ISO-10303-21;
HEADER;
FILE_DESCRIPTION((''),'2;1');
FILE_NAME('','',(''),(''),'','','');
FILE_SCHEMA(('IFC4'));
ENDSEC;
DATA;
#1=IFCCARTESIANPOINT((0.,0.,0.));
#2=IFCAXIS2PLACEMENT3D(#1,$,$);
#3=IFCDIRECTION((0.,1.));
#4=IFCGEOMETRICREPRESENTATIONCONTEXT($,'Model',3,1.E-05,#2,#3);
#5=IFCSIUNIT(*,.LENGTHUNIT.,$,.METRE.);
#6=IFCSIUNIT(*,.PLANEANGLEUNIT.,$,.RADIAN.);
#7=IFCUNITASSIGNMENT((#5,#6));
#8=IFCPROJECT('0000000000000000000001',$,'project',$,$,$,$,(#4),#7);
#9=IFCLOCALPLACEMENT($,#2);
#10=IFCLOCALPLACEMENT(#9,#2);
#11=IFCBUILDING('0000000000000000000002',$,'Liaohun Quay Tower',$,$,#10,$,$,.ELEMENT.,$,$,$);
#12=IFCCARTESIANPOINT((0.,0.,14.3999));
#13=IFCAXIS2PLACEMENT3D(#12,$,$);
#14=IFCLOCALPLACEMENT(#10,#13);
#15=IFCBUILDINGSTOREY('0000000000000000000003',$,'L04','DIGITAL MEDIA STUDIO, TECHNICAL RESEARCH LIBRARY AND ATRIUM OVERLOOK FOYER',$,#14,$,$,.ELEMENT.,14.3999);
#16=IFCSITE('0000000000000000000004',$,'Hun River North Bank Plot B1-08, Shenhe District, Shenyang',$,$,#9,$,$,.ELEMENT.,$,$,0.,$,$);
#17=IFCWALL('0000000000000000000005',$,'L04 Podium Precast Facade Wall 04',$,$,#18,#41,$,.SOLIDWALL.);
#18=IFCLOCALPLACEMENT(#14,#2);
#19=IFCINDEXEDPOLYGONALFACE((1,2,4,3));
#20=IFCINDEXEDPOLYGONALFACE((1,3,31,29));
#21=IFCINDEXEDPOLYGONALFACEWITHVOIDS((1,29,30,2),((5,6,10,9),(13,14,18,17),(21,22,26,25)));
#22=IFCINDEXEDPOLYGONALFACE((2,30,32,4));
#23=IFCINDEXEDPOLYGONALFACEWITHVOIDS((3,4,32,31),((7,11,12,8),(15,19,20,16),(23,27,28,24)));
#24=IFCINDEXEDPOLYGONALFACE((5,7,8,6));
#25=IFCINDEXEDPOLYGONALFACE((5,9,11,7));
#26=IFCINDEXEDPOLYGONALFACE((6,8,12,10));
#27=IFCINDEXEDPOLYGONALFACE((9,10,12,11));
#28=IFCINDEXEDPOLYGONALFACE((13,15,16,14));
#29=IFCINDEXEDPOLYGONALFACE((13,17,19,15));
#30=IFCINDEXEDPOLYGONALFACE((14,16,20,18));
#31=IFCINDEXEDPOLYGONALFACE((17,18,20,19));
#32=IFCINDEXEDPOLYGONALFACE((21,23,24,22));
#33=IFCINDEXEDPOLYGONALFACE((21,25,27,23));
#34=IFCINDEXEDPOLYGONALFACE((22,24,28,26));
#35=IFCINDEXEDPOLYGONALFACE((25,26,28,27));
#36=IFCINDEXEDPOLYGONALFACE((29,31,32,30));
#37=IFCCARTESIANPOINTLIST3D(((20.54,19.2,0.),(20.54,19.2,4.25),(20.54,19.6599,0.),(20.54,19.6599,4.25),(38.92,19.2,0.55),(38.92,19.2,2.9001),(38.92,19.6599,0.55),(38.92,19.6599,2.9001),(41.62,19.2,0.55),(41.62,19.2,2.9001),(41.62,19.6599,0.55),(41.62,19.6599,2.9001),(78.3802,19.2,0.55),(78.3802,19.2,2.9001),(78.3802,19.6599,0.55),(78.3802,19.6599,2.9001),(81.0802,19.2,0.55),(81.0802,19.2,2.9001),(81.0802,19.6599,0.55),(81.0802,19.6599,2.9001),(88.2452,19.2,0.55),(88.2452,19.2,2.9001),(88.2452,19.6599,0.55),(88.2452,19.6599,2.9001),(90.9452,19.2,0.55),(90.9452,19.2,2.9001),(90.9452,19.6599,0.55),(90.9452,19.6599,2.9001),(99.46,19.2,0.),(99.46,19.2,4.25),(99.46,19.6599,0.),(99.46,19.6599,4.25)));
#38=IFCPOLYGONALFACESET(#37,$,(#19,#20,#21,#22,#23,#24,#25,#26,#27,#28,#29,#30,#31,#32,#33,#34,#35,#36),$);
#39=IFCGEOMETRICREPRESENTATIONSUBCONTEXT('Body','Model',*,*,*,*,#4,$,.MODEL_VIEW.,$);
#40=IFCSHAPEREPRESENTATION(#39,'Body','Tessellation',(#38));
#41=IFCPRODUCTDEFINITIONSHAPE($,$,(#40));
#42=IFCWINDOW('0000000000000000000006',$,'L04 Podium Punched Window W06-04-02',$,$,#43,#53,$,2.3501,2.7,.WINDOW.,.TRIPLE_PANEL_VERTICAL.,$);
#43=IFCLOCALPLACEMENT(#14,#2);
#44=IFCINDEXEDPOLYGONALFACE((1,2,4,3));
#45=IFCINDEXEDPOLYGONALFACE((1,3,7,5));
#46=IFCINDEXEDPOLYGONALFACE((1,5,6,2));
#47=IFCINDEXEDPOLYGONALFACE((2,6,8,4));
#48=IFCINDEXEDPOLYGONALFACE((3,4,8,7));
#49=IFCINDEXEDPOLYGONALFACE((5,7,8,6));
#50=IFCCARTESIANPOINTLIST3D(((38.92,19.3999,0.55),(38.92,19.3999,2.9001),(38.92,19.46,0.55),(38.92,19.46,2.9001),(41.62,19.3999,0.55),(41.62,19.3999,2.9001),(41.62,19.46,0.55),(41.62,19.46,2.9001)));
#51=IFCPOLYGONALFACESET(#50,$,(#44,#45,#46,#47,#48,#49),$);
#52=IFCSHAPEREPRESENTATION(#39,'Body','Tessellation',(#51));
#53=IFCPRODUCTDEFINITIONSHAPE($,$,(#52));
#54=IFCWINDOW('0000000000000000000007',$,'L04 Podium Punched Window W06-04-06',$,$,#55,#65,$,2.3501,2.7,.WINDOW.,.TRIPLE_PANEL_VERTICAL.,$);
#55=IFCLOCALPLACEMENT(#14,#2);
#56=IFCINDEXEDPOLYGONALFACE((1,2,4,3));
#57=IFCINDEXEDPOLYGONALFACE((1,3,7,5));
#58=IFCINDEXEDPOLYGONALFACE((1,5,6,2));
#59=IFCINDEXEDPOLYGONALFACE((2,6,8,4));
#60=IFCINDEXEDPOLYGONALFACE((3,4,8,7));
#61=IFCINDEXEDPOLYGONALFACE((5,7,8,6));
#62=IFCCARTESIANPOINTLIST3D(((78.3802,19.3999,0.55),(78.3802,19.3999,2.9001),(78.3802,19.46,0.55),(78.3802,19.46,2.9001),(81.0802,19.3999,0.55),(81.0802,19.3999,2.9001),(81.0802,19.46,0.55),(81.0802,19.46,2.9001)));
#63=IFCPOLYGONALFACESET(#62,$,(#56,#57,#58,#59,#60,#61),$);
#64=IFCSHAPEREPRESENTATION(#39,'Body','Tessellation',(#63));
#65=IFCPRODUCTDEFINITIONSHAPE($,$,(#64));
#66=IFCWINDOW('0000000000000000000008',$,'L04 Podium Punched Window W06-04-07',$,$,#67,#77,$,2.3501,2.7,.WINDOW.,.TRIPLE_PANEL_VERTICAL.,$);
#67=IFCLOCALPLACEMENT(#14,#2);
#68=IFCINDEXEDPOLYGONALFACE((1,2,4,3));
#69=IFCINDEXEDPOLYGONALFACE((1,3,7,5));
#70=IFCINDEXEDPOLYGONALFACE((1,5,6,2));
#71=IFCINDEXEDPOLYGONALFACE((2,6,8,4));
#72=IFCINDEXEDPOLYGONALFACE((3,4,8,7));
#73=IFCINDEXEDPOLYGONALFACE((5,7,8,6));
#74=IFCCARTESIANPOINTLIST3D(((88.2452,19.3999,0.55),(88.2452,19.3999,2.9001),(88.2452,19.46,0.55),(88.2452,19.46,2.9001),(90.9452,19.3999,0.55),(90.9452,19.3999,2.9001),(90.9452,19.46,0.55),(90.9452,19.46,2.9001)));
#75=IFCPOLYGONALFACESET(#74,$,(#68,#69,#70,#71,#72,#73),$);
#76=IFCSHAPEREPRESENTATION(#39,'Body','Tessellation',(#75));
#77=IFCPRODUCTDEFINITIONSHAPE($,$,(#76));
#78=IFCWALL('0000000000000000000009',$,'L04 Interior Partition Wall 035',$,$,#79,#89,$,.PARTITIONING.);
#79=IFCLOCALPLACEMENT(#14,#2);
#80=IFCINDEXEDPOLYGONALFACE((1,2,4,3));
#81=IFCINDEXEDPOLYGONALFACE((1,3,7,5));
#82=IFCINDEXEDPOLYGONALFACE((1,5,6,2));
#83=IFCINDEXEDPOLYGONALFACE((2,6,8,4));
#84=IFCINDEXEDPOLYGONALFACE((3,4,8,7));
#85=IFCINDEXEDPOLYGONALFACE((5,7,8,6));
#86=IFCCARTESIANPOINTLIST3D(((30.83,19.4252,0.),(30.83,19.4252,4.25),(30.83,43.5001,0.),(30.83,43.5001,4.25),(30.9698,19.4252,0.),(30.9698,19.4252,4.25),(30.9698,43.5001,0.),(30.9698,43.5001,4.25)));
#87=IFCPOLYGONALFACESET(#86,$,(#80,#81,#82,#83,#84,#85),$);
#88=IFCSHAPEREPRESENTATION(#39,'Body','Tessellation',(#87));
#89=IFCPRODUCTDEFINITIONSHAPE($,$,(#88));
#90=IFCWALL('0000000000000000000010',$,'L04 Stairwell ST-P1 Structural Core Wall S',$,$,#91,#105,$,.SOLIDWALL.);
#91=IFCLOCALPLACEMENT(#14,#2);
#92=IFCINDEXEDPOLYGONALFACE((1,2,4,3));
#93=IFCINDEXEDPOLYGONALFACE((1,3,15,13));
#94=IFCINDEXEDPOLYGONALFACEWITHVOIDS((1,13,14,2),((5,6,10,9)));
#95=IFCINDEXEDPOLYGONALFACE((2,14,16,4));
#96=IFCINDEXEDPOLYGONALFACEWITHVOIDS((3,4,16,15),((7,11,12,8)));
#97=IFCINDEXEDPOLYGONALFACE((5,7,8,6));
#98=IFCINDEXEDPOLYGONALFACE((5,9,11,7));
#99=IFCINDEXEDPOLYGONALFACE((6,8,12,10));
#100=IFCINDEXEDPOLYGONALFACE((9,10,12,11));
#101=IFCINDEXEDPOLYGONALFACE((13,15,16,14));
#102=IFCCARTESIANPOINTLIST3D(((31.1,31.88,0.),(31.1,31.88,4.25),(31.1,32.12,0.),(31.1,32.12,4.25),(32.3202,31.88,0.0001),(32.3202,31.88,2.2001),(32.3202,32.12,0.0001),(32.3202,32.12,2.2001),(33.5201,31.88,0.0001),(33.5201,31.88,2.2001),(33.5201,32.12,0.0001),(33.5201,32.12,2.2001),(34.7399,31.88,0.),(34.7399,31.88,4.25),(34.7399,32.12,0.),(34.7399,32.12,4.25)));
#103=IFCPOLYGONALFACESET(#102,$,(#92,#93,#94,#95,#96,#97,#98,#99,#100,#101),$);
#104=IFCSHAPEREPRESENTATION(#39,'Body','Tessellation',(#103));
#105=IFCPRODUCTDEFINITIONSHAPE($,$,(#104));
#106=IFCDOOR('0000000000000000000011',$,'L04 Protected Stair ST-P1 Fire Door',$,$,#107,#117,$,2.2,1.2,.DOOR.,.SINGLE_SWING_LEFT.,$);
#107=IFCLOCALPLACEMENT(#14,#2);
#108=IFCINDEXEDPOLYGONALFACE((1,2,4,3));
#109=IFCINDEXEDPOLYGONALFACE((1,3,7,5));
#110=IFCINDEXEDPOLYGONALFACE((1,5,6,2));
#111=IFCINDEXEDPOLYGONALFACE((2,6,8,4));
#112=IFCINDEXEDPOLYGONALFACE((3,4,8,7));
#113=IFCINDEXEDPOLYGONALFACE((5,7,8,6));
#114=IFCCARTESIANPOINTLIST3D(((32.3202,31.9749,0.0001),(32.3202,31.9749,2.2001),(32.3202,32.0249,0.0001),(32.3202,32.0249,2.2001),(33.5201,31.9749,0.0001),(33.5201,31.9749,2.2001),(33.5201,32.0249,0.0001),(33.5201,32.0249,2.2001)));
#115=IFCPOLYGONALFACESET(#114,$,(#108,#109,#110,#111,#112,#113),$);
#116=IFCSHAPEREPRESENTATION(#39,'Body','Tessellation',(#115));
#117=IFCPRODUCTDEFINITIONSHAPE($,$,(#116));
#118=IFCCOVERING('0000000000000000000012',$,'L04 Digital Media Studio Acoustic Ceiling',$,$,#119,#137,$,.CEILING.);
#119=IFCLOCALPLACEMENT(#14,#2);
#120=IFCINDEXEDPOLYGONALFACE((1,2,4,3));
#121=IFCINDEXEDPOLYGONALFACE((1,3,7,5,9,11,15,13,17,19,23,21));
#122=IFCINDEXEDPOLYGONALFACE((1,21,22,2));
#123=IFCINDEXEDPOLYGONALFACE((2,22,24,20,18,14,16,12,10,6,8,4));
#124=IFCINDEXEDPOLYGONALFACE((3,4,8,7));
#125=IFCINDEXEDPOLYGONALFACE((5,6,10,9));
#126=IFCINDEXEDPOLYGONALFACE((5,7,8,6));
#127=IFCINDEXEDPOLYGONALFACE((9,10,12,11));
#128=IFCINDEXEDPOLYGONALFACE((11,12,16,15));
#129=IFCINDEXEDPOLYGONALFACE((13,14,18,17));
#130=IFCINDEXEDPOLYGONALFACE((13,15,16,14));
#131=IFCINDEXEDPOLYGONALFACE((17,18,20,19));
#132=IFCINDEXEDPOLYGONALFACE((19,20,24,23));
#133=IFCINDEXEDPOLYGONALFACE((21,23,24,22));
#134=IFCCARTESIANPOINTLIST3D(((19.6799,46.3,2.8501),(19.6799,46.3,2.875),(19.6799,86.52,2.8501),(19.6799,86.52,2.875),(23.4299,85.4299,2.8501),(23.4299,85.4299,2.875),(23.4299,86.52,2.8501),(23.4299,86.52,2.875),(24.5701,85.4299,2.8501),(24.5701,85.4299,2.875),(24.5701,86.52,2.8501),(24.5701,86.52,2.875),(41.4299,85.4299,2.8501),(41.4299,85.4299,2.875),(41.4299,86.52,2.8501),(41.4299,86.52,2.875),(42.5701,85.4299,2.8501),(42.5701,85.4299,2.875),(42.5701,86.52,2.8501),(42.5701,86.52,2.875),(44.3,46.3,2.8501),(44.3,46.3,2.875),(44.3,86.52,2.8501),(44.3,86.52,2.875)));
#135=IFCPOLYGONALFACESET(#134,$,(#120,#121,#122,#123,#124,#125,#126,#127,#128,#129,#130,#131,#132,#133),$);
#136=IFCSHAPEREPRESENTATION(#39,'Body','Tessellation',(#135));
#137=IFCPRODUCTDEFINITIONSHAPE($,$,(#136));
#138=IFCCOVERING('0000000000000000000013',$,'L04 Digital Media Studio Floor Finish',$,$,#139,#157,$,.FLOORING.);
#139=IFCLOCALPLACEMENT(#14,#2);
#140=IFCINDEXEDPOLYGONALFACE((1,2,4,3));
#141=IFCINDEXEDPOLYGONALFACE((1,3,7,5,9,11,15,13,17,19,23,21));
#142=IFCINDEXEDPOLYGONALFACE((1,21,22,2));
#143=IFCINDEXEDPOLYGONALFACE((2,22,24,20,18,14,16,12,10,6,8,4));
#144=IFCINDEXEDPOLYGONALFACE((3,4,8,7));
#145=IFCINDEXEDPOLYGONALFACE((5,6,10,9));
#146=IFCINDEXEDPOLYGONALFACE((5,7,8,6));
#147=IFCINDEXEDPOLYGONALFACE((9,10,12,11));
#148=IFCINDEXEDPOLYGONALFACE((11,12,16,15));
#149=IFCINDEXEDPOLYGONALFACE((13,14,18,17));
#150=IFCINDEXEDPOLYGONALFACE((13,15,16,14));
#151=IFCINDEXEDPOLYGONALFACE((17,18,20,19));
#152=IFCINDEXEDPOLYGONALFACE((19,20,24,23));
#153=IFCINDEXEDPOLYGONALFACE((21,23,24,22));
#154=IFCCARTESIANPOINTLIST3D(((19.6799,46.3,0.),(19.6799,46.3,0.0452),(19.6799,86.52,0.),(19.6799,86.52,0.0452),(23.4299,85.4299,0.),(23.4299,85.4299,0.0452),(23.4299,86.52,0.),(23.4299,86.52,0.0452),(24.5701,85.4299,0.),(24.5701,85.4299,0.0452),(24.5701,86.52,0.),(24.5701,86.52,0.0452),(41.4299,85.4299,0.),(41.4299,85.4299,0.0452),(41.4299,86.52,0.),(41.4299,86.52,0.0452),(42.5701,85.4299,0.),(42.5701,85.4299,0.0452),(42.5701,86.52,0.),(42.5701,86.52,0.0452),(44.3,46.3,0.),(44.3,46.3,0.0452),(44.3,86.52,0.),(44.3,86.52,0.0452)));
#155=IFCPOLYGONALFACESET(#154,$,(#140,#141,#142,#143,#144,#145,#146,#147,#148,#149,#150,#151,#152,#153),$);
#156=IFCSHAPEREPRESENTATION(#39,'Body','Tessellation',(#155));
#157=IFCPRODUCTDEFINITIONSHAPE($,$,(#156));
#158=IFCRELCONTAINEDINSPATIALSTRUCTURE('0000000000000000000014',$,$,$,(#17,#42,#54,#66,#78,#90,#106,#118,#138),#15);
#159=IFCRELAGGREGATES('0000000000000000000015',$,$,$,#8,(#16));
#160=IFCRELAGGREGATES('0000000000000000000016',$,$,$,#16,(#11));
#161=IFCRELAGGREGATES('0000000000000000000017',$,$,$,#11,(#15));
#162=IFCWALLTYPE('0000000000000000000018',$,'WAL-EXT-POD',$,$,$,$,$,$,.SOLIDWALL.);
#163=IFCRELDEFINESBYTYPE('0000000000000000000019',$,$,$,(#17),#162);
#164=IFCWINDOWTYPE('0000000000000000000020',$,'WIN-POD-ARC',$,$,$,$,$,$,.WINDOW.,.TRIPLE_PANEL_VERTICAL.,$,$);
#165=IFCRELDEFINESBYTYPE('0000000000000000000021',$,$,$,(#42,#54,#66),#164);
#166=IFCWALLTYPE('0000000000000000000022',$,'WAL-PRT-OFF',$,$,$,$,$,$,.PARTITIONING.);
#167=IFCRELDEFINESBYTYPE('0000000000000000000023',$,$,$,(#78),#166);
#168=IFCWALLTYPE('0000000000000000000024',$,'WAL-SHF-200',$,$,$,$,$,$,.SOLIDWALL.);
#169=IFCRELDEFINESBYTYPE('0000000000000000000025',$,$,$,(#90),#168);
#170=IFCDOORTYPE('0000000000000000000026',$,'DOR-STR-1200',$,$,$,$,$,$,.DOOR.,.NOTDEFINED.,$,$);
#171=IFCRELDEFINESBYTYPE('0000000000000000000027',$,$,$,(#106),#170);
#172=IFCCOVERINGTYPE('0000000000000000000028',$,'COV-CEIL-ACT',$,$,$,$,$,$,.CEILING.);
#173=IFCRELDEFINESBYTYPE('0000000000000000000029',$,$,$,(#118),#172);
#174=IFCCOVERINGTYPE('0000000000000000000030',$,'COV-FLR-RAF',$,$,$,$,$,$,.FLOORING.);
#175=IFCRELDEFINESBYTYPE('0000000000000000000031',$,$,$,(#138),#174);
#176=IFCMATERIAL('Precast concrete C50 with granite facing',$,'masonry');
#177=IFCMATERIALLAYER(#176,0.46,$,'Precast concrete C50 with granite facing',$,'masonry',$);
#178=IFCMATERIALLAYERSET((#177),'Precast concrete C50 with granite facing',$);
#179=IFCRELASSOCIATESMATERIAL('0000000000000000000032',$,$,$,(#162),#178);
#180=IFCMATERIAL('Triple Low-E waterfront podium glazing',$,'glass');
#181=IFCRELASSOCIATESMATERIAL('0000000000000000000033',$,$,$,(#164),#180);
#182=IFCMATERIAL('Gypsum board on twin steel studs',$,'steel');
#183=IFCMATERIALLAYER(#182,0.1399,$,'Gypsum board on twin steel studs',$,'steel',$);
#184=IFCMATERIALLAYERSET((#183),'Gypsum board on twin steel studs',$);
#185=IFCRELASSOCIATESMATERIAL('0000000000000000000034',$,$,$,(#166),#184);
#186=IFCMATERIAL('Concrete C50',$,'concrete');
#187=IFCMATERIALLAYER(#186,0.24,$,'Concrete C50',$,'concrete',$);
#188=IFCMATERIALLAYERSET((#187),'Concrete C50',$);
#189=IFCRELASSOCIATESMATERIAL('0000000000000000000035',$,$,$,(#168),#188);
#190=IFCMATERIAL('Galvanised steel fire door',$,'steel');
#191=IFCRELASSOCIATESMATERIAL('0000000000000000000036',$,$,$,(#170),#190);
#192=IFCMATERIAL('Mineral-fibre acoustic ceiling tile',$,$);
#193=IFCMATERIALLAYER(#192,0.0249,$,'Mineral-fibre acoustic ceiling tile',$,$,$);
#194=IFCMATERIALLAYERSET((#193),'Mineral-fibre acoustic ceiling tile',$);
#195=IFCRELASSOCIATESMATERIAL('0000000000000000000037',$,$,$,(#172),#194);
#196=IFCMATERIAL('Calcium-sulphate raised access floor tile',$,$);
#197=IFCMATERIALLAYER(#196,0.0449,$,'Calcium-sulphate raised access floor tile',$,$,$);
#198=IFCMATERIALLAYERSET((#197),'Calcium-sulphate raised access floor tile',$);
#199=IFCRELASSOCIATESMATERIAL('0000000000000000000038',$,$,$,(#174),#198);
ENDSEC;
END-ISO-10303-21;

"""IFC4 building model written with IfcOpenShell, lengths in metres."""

from ifc_helpers import new_model, si_unit, direction, frame, frame_2d, origin, place, context, subcontext, project, spatial, polyline, rectangle, outline, extrude, source, transform, mapped, material, layer, layer_set, type_object, element, fill, save


model = new_model("IFC4")

# Units and contexts
model_context = context("Model", 3, precision=1e-05, world=origin(), true_north=direction((0.0, 1.0)))
body_context = subcontext(model_context, "Body", "Model", "MODEL_VIEW")
ifc_project = project(units=[si_unit("LENGTHUNIT", "METRE"), si_unit("PLANEANGLEUNIT", "RADIAN")], contexts=[model_context])

# Site, building, storey
site_placement = place(None, origin())
site = spatial("IfcSite", under=ifc_project, at=site_placement, Name="Hun River North Bank Plot B1-08, Shenhe District, Shenyang", CompositionType="ELEMENT", RefElevation=0.0)
building_placement = place(site_placement, origin())
building = spatial("IfcBuilding", under=site, at=building_placement, Name="Liaohun Quay Tower", CompositionType="ELEMENT")
storey_placement = place(building_placement, frame((0.0, 0.0, 14.3999)))
storey = spatial("IfcBuildingStorey", under=building, at=storey_placement, Name="L04", Description="DIGITAL MEDIA STUDIO, TECHNICAL RESEARCH LIBRARY AND ATRIUM OVERLOOK FOYER", CompositionType="ELEMENT", Elevation=14.3999)

# Wall, openings, windows
ifc_material_1 = material(Name="Precast concrete C50 with granite facing", Category="masonry")
ifc_layer_1 = layer(ifc_material_1, 0.46, Name="Precast concrete C50 with granite facing", Category="masonry")
ifc_layer_set_1 = layer_set([ifc_layer_1], Name="Precast concrete C50 with granite facing")
wall_type_1 = type_object("IfcWallType", Name="WAL-EXT-POD", PredefinedType="SOLIDWALL", material=ifc_layer_set_1)
wall_1_placement = place(storey_placement, frame((20.54, 19.4299, 0.0), z_axis=(0.0, 0.0, 1.0), x_axis=(1.0, 0.0, 0.0)))
wall_1 = element("IfcWall", 1, at=wall_1_placement, inside=storey, type_object=wall_type_1, Name="L04 Podium Precast Facade Wall 04", PredefinedType="SOLIDWALL", context=body_context, shape_type="SweptSolid", body=[
    extrude(rectangle(XDim=78.9199, YDim=0.46, at=frame_2d((39.46, 0.0))), origin(), (0.0, 0.0, 1.0), 4.25),
])
shared_shape_1 = source(origin(), body_context, "Body", "SweptSolid", [
    extrude(rectangle(XDim=2.7, YDim=2.3501, at=frame_2d((1.3501, 1.175))), frame((0.0, 0.24, 0.0), z_axis=(0.0, -1.0, 0.0), x_axis=(1.0, 0.0, 0.0)), (0.0, 0.0, 1.0), 0.48),
])
opening_1_placement = place(wall_1_placement, frame((18.3799, 0.0, 0.55)))
opening_1 = element("IfcOpeningElement", 2, at=opening_1_placement, cuts=wall_1, PredefinedType="OPENING", context=body_context, shape_type="MappedRepresentation", body=[
    mapped(shared_shape_1, transform((0.0, 0.0, 0.0), x_axis=(1.0, 0.0, 0.0), y_axis=(0.0, 1.0, 0.0), z_axis=(0.0, 0.0, 1.0), scale=1.0)),
])
opening_2_placement = place(wall_1_placement, frame((57.8401, 0.0, 0.55)))
opening_2 = element("IfcOpeningElement", 3, at=opening_2_placement, cuts=wall_1, PredefinedType="OPENING", context=body_context, shape_type="MappedRepresentation", body=[
    mapped(shared_shape_1, transform((0.0, 0.0, 0.0), x_axis=(1.0, 0.0, 0.0), y_axis=(0.0, 1.0, 0.0), z_axis=(0.0, 0.0, 1.0), scale=1.0)),
])
opening_3_placement = place(wall_1_placement, frame((67.7051, 0.0, 0.55)))
opening_3 = element("IfcOpeningElement", 4, at=opening_3_placement, cuts=wall_1, PredefinedType="OPENING", context=body_context, shape_type="MappedRepresentation", body=[
    mapped(shared_shape_1, transform((0.0, 0.0, 0.0), x_axis=(1.0, 0.0, 0.0), y_axis=(0.0, 1.0, 0.0), z_axis=(0.0, 0.0, 1.0), scale=1.0)),
])
ifc_material_2 = material(Name="Triple Low-E waterfront podium glazing", Category="glass")
window_type = type_object("IfcWindowType", Name="WIN-POD-ARC", PartitioningType="TRIPLE_PANEL_VERTICAL", PredefinedType="WINDOW", material=ifc_material_2)
shared_shape_2 = source(origin(), body_context, "Body", "SweptSolid", [
    extrude(rectangle(XDim=2.7, YDim=2.3501, at=frame_2d((1.3501, 1.175))), frame((0.0, 0.03, 0.0), z_axis=(0.0, -1.0, 0.0), x_axis=(1.0, 0.0, 0.0)), (0.0, 0.0, 1.0), 0.0601),
])
window_1_placement = place(opening_1_placement, origin())
window_1 = element("IfcWindow", 5, at=window_1_placement, inside=storey, type_object=window_type, Name="L04 Podium Punched Window W06-04-02", OverallHeight=2.3501, OverallWidth=2.7, PartitioningType="TRIPLE_PANEL_VERTICAL", PredefinedType="WINDOW", context=body_context, shape_type="MappedRepresentation", body=[
    mapped(shared_shape_2, transform((0.0, 0.0, 0.0), x_axis=(1.0, 0.0, 0.0), y_axis=(0.0, 1.0, 0.0), z_axis=(0.0, 0.0, 1.0), scale=1.0)),
])
fill(opening_1, window_1)
window_2_placement = place(opening_2_placement, origin())
window_2 = element("IfcWindow", 6, at=window_2_placement, inside=storey, type_object=window_type, Name="L04 Podium Punched Window W06-04-06", OverallHeight=2.3501, OverallWidth=2.7, PartitioningType="TRIPLE_PANEL_VERTICAL", PredefinedType="WINDOW", context=body_context, shape_type="MappedRepresentation", body=[
    mapped(shared_shape_2, transform((0.0, 0.0, 0.0), x_axis=(1.0, 0.0, 0.0), y_axis=(0.0, 1.0, 0.0), z_axis=(0.0, 0.0, 1.0), scale=1.0)),
])
fill(opening_2, window_2)
window_3_placement = place(opening_3_placement, origin())
window_3 = element("IfcWindow", 7, at=window_3_placement, inside=storey, type_object=window_type, Name="L04 Podium Punched Window W06-04-07", OverallHeight=2.3501, OverallWidth=2.7, PartitioningType="TRIPLE_PANEL_VERTICAL", PredefinedType="WINDOW", context=body_context, shape_type="MappedRepresentation", body=[
    mapped(shared_shape_2, transform((0.0, 0.0, 0.0), x_axis=(1.0, 0.0, 0.0), y_axis=(0.0, 1.0, 0.0), z_axis=(0.0, 0.0, 1.0), scale=1.0)),
])
fill(opening_3, window_3)

# Wall
ifc_material_3 = material(Name="Gypsum board on twin steel studs", Category="steel")
ifc_layer_2 = layer(ifc_material_3, 0.1399, Name="Gypsum board on twin steel studs", Category="steel")
ifc_layer_set_2 = layer_set([ifc_layer_2], Name="Gypsum board on twin steel studs")
wall_type_2 = type_object("IfcWallType", Name="WAL-PRT-OFF", PredefinedType="PARTITIONING", material=ifc_layer_set_2)
wall_2_placement = place(storey_placement, frame((30.8999, 19.425, 0.0), z_axis=(0.0, 0.0, 1.0), x_axis=(0.0, 1.0, 0.0)))
element("IfcWall", 8, at=wall_2_placement, inside=storey, type_object=wall_type_2, Name="L04 Interior Partition Wall 035", PredefinedType="PARTITIONING", context=body_context, shape_type="SweptSolid", body=[
    extrude(rectangle(XDim=24.075, YDim=0.1399, at=frame_2d((12.0376, 0.0))), origin(), (0.0, 0.0, 1.0), 4.25),
])

# Wall, opening, door
ifc_material_4 = material(Name="Concrete C50", Category="concrete")
ifc_layer_3 = layer(ifc_material_4, 0.24, Name="Concrete C50", Category="concrete")
ifc_layer_set_3 = layer_set([ifc_layer_3], Name="Concrete C50")
wall_type_3 = type_object("IfcWallType", Name="WAL-SHF-200", PredefinedType="SOLIDWALL", material=ifc_layer_set_3)
wall_3_placement = place(storey_placement, frame((31.1001, 32.0, 0.0), z_axis=(0.0, 0.0, 1.0), x_axis=(1.0, 0.0, 0.0)))
wall_3 = element("IfcWall", 9, at=wall_3_placement, inside=storey, type_object=wall_type_3, Name="L04 Stairwell ST-P1 Structural Core Wall S", PredefinedType="SOLIDWALL", context=body_context, shape_type="SweptSolid", body=[
    extrude(rectangle(XDim=3.6399, YDim=0.24, at=frame_2d((1.8198, 0.0))), origin(), (0.0, 0.0, 1.0), 4.25),
])
shared_shape_3 = source(origin(), body_context, "Body", "SweptSolid", [
    extrude(rectangle(XDim=1.2, YDim=2.2, at=frame_2d((0.6001, 1.1001))), frame((0.0, 0.1299, 0.0), z_axis=(0.0, -1.0, 0.0), x_axis=(1.0, 0.0, 0.0)), (0.0, 0.0, 1.0), 0.26),
])
opening_4_placement = place(wall_3_placement, frame((1.22, 0.0, 0.0)))
opening_4 = element("IfcOpeningElement", 10, at=opening_4_placement, cuts=wall_3, PredefinedType="OPENING", context=body_context, shape_type="MappedRepresentation", body=[
    mapped(shared_shape_3, transform((0.0, 0.0, 0.0), x_axis=(1.0, 0.0, 0.0), y_axis=(0.0, 1.0, 0.0), z_axis=(0.0, 0.0, 1.0), scale=1.0)),
])
ifc_material_5 = material(Name="Galvanised steel fire door", Category="steel")
door_type = type_object("IfcDoorType", Name="DOR-STR-1200", OperationType="NOTDEFINED", PredefinedType="DOOR", material=ifc_material_5)
shared_shape_4 = source(origin(), body_context, "Body", "SweptSolid", [
    extrude(rectangle(XDim=1.2, YDim=2.2, at=frame_2d((0.6001, 1.1001))), frame((0.0, 0.0249, 0.0), z_axis=(0.0, -1.0, 0.0), x_axis=(1.0, 0.0, 0.0)), (0.0, 0.0, 1.0), 0.05),
])
door_placement = place(opening_4_placement, origin())
door = element("IfcDoor", 11, at=door_placement, inside=storey, type_object=door_type, Name="L04 Protected Stair ST-P1 Fire Door", OperationType="SINGLE_SWING_LEFT", OverallHeight=2.2, OverallWidth=1.2, PredefinedType="DOOR", context=body_context, shape_type="MappedRepresentation", body=[
    mapped(shared_shape_4, transform((0.0, 0.0, 0.0), x_axis=(1.0, 0.0, 0.0), y_axis=(0.0, 1.0, 0.0), z_axis=(0.0, 0.0, 1.0), scale=1.0)),
])
fill(opening_4, door)

# Coverings
ifc_material_6 = material(Name="Mineral-fibre acoustic ceiling tile")
ifc_layer_4 = layer(ifc_material_6, 0.0249, Name="Mineral-fibre acoustic ceiling tile")
ifc_layer_set_4 = layer_set([ifc_layer_4], Name="Mineral-fibre acoustic ceiling tile")
covering_type_1 = type_object("IfcCoveringType", Name="COV-CEIL-ACT", PredefinedType="CEILING", material=ifc_layer_set_4)
covering_1_placement = place(storey_placement, frame((0.0, 0.0, 2.8501)))
element("IfcCovering", 12, at=covering_1_placement, inside=storey, type_object=covering_type_1, Name="L04 Digital Media Studio Acoustic Ceiling", PredefinedType="CEILING", context=body_context, shape_type="SweptSolid", body=[
    extrude(outline(polyline([(42.5701, 86.52), (42.5701, 85.4299), (41.4299, 85.4299), (41.4299, 86.52), (24.5701, 86.52), (24.5701, 85.4299), (23.4299, 85.4299), (23.4299, 86.52), (19.6799, 86.52), (19.6799, 46.3), (44.3, 46.3), (44.3, 86.52), (42.5701, 86.52)])), origin(), (0.0, 0.0, 1.0), 0.0249),
])
ifc_material_7 = material(Name="Calcium-sulphate raised access floor tile")
ifc_layer_5 = layer(ifc_material_7, 0.0449, Name="Calcium-sulphate raised access floor tile")
ifc_layer_set_5 = layer_set([ifc_layer_5], Name="Calcium-sulphate raised access floor tile")
covering_type_2 = type_object("IfcCoveringType", Name="COV-FLR-RAF", PredefinedType="FLOORING", material=ifc_layer_set_5)
covering_2_placement = place(storey_placement, origin())
element("IfcCovering", 13, at=covering_2_placement, inside=storey, type_object=covering_type_2, Name="L04 Digital Media Studio Floor Finish", PredefinedType="FLOORING", context=body_context, shape_type="SweptSolid", body=[
    extrude(outline(polyline([(42.5701, 86.52), (42.5701, 85.4299), (41.4299, 85.4299), (41.4299, 86.52), (24.5701, 86.52), (24.5701, 85.4299), (23.4299, 85.4299), (23.4299, 86.52), (19.6799, 86.52), (19.6799, 46.3), (44.3, 46.3), (44.3, 86.52), (42.5701, 86.52)])), origin(), (0.0, 0.0, 1.0), 0.0452),
])

save(model, "model.ifc")
